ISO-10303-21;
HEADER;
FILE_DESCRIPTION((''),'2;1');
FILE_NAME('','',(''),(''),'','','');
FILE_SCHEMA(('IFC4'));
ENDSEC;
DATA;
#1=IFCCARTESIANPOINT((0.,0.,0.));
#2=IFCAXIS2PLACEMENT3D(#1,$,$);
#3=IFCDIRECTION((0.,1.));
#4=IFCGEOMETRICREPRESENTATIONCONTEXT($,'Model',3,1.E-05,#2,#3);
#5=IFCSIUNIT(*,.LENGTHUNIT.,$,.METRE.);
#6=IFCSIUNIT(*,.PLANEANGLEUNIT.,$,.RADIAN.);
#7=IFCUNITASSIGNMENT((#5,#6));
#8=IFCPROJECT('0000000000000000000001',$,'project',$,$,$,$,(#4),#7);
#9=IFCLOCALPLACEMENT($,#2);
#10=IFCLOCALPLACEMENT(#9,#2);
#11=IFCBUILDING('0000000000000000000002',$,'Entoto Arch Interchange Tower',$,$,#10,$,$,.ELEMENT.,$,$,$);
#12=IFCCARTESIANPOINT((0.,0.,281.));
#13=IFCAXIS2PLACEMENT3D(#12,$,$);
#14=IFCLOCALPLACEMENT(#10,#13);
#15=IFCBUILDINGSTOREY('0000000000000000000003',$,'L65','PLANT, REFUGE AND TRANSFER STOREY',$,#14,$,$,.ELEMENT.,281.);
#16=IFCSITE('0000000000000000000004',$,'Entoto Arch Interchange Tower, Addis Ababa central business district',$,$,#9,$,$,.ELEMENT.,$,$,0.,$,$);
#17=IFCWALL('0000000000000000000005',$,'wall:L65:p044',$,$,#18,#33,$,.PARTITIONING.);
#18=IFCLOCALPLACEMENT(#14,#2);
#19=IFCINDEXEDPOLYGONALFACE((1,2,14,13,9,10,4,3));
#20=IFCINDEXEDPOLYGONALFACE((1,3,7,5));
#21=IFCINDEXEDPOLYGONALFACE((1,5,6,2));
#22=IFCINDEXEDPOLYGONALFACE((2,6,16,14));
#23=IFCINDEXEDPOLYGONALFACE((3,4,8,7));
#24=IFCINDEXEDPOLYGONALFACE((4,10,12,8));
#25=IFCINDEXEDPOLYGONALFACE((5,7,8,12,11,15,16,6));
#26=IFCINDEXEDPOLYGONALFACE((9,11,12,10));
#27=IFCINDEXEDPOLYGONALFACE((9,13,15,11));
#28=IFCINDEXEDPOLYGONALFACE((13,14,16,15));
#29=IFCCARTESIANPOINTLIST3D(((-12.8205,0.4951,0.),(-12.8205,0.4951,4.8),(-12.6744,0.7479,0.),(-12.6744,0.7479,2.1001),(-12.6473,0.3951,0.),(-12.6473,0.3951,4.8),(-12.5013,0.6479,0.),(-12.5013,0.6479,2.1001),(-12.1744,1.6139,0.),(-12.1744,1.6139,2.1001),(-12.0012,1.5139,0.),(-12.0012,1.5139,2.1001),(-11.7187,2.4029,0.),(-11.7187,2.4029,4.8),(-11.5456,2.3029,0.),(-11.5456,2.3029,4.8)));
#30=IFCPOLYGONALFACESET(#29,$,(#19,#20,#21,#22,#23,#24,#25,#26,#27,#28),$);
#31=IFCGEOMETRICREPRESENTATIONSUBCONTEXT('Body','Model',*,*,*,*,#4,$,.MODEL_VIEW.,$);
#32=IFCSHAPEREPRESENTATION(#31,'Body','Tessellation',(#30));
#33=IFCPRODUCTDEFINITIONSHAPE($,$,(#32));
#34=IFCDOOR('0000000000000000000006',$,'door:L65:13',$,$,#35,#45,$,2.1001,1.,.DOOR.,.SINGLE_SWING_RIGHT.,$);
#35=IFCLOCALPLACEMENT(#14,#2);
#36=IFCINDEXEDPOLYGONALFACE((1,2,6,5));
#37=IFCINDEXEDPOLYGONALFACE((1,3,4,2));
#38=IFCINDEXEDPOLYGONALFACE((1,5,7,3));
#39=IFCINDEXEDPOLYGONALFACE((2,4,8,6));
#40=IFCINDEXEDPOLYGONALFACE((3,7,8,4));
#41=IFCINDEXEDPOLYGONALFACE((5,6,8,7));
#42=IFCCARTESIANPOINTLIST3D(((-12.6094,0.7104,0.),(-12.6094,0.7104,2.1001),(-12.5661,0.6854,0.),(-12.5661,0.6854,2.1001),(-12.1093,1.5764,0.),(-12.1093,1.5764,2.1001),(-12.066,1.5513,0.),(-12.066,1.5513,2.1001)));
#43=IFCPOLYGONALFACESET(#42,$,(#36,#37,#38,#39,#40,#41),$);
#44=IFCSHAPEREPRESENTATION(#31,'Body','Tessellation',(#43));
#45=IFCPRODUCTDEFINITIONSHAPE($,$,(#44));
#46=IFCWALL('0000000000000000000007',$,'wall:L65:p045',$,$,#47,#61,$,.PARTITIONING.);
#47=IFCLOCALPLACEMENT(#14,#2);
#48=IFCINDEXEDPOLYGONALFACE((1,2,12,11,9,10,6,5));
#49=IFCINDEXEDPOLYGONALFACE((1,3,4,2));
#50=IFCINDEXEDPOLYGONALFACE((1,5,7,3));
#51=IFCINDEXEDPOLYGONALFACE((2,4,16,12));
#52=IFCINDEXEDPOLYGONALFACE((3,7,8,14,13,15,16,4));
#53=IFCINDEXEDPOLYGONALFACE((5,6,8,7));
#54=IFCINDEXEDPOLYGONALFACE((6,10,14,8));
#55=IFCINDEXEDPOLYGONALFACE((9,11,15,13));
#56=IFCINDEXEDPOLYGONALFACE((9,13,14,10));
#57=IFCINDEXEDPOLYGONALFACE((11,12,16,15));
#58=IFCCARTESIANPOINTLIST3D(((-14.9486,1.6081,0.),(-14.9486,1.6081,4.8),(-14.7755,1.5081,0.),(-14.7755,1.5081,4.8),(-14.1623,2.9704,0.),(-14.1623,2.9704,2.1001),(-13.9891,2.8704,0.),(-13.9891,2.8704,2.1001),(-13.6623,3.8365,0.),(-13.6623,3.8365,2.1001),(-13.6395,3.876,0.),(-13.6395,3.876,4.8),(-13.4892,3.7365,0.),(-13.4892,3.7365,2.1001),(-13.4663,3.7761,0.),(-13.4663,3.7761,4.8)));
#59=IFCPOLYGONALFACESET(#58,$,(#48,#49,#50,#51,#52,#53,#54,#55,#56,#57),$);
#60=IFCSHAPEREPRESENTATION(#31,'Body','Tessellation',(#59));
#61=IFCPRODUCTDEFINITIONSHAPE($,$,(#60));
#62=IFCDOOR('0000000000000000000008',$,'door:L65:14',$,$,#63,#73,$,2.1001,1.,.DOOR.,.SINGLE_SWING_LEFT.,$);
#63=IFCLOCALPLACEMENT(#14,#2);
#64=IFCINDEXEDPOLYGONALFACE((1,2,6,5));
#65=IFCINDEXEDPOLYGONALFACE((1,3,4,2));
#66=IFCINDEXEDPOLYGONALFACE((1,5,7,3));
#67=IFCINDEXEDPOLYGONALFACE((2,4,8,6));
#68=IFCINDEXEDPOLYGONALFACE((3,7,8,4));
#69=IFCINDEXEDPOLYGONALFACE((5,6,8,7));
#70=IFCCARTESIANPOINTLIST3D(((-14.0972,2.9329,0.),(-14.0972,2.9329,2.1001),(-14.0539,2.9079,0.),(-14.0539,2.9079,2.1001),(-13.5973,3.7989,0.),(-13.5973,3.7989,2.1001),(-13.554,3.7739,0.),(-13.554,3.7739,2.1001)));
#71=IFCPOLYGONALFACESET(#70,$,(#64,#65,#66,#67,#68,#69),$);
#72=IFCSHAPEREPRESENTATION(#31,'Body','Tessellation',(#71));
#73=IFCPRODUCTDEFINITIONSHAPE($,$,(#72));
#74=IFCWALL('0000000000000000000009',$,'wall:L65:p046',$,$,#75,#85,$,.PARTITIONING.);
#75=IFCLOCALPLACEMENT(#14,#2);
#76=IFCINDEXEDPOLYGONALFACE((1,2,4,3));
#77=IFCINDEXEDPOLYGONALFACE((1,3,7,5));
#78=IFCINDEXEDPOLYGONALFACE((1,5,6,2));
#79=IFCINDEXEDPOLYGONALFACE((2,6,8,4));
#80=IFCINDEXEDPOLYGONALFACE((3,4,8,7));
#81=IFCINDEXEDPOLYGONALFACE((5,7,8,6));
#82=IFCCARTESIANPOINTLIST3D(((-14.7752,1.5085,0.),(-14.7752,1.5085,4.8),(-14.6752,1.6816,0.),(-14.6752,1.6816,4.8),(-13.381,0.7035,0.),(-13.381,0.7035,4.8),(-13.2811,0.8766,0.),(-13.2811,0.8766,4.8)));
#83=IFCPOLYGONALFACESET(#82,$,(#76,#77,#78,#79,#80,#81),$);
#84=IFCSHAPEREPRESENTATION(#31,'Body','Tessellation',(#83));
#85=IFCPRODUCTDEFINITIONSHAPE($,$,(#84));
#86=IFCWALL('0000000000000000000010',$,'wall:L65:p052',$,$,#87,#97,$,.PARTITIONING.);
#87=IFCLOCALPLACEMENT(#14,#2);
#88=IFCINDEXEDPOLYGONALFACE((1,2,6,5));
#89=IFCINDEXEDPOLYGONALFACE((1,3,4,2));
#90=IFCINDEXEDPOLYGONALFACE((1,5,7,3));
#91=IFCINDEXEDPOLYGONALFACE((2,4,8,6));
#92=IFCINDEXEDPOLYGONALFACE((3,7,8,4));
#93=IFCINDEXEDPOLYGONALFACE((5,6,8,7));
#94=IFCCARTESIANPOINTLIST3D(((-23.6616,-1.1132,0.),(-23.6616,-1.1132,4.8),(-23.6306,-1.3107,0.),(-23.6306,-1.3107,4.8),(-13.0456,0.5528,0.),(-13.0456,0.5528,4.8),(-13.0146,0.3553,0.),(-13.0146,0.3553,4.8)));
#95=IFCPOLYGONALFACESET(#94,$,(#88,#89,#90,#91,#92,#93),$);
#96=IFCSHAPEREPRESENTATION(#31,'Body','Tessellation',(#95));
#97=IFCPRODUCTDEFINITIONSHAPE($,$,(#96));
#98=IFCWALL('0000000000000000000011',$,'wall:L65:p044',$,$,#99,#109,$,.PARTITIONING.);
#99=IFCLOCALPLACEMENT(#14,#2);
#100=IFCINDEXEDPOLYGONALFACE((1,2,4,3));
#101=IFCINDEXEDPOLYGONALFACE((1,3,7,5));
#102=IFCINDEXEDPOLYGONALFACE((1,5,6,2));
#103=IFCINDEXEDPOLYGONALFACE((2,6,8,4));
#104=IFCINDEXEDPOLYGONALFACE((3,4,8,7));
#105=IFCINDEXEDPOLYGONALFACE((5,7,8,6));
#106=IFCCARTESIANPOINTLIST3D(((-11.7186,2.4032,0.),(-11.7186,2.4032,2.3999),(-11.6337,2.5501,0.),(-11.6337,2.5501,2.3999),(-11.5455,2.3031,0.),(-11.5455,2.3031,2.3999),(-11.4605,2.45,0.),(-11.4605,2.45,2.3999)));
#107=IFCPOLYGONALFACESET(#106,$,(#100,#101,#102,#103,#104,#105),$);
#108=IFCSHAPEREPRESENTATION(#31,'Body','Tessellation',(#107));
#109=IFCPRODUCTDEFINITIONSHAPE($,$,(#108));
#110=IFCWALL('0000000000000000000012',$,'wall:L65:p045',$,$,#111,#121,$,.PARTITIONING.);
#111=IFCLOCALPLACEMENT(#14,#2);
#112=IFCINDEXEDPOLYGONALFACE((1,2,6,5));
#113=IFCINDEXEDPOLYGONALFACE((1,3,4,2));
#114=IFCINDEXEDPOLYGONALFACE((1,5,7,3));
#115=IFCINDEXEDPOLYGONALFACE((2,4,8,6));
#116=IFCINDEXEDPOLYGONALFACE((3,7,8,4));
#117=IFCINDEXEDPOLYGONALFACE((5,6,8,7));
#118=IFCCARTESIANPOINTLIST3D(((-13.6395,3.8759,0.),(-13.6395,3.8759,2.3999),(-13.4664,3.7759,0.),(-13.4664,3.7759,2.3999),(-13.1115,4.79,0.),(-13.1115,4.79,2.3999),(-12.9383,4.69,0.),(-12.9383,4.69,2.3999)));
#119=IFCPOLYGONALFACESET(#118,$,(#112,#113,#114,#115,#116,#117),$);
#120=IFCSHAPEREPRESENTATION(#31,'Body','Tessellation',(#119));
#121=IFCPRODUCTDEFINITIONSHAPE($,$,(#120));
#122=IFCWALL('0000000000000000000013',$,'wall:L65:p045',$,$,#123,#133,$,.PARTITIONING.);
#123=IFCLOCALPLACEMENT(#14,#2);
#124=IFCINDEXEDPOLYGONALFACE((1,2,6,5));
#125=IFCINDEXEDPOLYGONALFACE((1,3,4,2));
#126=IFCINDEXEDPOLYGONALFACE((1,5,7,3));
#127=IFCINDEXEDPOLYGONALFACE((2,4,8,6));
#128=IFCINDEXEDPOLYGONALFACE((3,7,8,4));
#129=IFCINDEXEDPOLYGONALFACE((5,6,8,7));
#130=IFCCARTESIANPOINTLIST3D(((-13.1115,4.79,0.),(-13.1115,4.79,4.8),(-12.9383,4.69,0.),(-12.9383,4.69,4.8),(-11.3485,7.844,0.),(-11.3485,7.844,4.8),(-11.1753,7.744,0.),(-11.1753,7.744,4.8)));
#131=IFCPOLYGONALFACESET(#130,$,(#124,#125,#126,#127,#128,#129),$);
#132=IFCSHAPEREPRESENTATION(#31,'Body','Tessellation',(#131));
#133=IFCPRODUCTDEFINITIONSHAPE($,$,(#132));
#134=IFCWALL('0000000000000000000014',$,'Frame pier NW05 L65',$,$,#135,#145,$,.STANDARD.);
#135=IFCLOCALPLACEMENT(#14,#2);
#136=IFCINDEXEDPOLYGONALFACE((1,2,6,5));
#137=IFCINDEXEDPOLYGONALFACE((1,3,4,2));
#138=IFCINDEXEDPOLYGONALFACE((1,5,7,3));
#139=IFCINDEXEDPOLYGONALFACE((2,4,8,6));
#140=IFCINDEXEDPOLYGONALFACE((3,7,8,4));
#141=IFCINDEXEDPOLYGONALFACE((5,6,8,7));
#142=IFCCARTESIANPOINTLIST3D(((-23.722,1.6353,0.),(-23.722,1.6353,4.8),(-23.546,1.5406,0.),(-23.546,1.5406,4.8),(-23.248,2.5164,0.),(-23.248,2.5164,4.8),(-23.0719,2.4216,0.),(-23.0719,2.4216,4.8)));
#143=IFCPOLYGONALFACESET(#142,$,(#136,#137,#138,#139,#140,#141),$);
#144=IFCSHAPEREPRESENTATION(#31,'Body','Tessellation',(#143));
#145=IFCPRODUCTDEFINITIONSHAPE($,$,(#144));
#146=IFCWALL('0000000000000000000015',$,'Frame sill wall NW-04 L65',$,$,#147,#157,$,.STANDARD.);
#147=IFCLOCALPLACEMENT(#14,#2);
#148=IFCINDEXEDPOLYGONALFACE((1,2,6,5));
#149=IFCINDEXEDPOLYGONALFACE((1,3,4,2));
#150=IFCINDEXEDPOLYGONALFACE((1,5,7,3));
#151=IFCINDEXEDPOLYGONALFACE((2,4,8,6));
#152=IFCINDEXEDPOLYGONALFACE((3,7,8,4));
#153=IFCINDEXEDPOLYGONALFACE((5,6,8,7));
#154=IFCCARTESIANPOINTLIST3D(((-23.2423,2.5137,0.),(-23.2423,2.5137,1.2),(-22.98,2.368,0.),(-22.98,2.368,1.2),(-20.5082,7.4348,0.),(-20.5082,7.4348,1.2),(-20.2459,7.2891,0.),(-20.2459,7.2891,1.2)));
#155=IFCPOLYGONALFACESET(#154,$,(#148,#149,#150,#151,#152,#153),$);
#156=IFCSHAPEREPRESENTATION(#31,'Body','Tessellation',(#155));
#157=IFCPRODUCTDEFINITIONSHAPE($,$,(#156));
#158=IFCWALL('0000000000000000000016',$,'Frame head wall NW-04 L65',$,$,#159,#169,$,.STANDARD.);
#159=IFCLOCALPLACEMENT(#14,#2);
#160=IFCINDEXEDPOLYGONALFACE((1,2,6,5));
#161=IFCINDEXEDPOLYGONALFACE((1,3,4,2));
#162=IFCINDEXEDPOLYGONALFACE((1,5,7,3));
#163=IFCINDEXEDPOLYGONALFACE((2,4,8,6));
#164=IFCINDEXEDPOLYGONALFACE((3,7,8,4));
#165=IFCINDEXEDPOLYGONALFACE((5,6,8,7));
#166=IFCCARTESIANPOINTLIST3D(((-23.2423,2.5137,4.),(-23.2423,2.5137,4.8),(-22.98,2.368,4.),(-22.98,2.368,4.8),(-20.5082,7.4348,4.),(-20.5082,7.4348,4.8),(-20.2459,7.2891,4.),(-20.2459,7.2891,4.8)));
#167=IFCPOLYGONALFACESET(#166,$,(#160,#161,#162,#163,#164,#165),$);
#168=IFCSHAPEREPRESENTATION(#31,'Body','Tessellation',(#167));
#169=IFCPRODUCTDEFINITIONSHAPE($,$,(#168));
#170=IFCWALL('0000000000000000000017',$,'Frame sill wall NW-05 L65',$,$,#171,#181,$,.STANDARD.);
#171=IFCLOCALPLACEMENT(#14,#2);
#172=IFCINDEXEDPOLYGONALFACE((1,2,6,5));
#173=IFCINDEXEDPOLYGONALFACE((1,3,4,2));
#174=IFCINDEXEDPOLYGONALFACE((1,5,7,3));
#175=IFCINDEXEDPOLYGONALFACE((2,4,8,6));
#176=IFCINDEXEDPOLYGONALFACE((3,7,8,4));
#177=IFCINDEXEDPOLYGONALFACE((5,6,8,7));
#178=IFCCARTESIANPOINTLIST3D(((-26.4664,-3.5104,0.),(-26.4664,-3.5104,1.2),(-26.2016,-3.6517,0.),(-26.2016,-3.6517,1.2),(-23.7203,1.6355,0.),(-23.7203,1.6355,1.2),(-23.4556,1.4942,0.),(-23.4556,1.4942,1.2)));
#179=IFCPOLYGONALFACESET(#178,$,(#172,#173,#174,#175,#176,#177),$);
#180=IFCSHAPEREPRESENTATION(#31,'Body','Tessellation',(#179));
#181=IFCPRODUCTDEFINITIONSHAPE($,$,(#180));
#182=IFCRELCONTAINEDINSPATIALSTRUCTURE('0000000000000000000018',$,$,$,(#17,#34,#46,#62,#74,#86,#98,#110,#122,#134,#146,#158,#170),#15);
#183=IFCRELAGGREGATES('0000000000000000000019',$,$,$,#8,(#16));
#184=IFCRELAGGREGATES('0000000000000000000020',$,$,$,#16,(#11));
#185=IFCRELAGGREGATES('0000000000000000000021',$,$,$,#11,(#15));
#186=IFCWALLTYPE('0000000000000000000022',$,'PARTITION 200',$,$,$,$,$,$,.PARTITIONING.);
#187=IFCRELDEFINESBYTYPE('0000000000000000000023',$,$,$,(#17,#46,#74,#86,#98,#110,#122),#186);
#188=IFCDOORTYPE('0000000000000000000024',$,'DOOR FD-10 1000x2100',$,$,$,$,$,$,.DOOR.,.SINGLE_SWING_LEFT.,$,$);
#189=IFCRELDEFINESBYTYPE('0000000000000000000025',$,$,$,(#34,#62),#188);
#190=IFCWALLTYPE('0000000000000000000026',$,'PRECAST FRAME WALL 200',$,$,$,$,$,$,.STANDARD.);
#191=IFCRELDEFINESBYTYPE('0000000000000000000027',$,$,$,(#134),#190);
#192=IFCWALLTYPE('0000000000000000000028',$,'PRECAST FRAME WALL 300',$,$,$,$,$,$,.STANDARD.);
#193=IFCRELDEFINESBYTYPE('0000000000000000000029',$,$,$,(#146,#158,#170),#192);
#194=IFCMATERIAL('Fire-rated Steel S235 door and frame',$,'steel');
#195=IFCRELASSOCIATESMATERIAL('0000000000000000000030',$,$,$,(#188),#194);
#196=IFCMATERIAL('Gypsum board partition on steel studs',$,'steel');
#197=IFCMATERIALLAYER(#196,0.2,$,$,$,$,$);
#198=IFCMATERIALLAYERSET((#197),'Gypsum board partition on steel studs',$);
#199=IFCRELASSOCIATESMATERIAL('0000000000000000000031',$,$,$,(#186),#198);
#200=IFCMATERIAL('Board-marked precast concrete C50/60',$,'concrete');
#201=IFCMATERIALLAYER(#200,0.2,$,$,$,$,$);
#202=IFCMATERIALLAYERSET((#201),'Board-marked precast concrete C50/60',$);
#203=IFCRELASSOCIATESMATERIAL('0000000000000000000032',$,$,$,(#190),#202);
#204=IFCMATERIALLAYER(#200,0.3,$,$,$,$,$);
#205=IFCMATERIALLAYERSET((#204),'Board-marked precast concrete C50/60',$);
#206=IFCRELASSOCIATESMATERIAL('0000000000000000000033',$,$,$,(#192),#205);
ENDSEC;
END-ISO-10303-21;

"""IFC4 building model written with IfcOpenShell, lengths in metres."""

from ifc_helpers import new_model, si_unit, direction, frame, frame_2d, origin, place, context, subcontext, project, spatial, rectangle, extrude, material, layer, layer_set, type_object, element, fill, save


model = new_model("IFC4")

# Units and contexts
model_context = context("Model", 3, precision=1e-05, world=origin(), true_north=direction((0.0, 1.0)))
body_context = subcontext(model_context, "Body", "Model", "MODEL_VIEW")
ifc_project = project(units=[si_unit("LENGTHUNIT", "METRE"), si_unit("PLANEANGLEUNIT", "RADIAN")], contexts=[model_context])

# Site, building, storey
site_placement = place(None, origin())
site = spatial("IfcSite", under=ifc_project, at=site_placement, Name="Entoto Arch Interchange Tower, Addis Ababa central business district", CompositionType="ELEMENT", RefElevation=0.0)
building_placement = place(site_placement, origin())
building = spatial("IfcBuilding", under=site, at=building_placement, Name="Entoto Arch Interchange Tower", CompositionType="ELEMENT")
storey_placement = place(building_placement, frame((0.0, 0.0, 281.0)))
storey = spatial("IfcBuildingStorey", under=building, at=storey_placement, Name="L65", Description="PLANT, REFUGE AND TRANSFER STOREY", CompositionType="ELEMENT", Elevation=281.0)

# Shared definitions
ifc_material_1 = material(Name="Fire-rated Steel S235 door and frame", Category="steel")
door_type = type_object("IfcDoorType", Name="DOOR FD-10 1000x2100", OperationType="SINGLE_SWING_LEFT", PredefinedType="DOOR", material=ifc_material_1)

# Shared definitions
ifc_material_2 = material(Name="Gypsum board partition on steel studs", Category="steel")
ifc_layer_1 = layer(ifc_material_2, 0.2)
ifc_layer_set_1 = layer_set([ifc_layer_1], Name="Gypsum board partition on steel studs")
wall_type_1 = type_object("IfcWallType", Name="PARTITION 200", PredefinedType="PARTITIONING", material=ifc_layer_set_1)

# Walls, openings, doors
wall_1_placement = place(storey_placement, frame((-12.7339, 0.4451, 0.0), z_axis=(0.0, 0.0, 1.0), x_axis=(0.500084, 0.865977, 0.0)))
wall_1 = element("IfcWall", 1, at=wall_1_placement, inside=storey, type_object=wall_type_1, Name="wall:L65:p044", PredefinedType="PARTITIONING", context=body_context, shape_type="SweptSolid", body=[
    extrude(rectangle(XDim=2.2031, YDim=0.2, at=frame_2d((1.1016, 0.0))), origin(), (0.0, 0.0, 1.0), 4.8),
])
opening_1_placement = place(wall_1_placement, frame((0.292, 0.0, 0.0)))
opening_1 = element("IfcOpeningElement", 2, at=opening_1_placement, cuts=wall_1, PredefinedType="OPENING", context=body_context, shape_type="SweptSolid", body=[
    extrude(rectangle(XDim=1.0, YDim=2.1001, at=frame_2d((0.5, 1.05))), frame((0.0, 0.1099, 0.0), z_axis=(0.0, -1.0, 0.0), x_axis=(1.0, 0.0, 0.0)), (0.0, 0.0, 1.0), 0.22),
])
door_1_placement = place(opening_1_placement, origin())
door_1 = element("IfcDoor", 3, at=door_1_placement, inside=storey, type_object=door_type, Name="door:L65:13", OperationType="SINGLE_SWING_RIGHT", OverallHeight=2.1001, OverallWidth=1.0, PredefinedType="DOOR", context=body_context, shape_type="SweptSolid", body=[
    extrude(rectangle(XDim=1.0, YDim=2.1001, at=frame_2d((0.5, 1.05))), frame((0.0, 0.0249, 0.0), z_axis=(0.0, -1.0, 0.0), x_axis=(1.0, 0.0, 0.0)), (0.0, 0.0, 1.0), 0.05),
])
fill(opening_1, door_1)
wall_2_placement = place(storey_placement, frame((-14.8621, 1.5581, 0.0), z_axis=(0.0, 0.0, 1.0), x_axis=(0.49993, 0.866066, 0.0)))
wall_2 = element("IfcWall", 4, at=wall_2_placement, inside=storey, type_object=wall_type_1, Name="wall:L65:p045", PredefinedType="PARTITIONING", context=body_context, shape_type="SweptSolid", body=[
    extrude(rectangle(XDim=2.6187, YDim=0.2, at=frame_2d((1.3093, 0.0))), origin(), (0.0, 0.0, 1.0), 4.8),
])
opening_2_placement = place(wall_2_placement, frame((1.573, 0.0, 0.0)))
opening_2 = element("IfcOpeningElement", 5, at=opening_2_placement, cuts=wall_2, PredefinedType="OPENING", context=body_context, shape_type="SweptSolid", body=[
    extrude(rectangle(XDim=1.0, YDim=2.1001, at=frame_2d((0.5, 1.05))), frame((0.0, 0.1099, 0.0), z_axis=(0.0, -1.0, 0.0), x_axis=(1.0, 0.0, 0.0)), (0.0, 0.0, 1.0), 0.22),
])
door_2_placement = place(opening_2_placement, origin())
door_2 = element("IfcDoor", 6, at=door_2_placement, inside=storey, type_object=door_type, Name="door:L65:14", OperationType="SINGLE_SWING_LEFT", OverallHeight=2.1001, OverallWidth=1.0, PredefinedType="DOOR", context=body_context, shape_type="SweptSolid", body=[
    extrude(rectangle(XDim=1.0, YDim=2.1001, at=frame_2d((0.5, 1.05))), frame((0.0, 0.0249, 0.0), z_axis=(0.0, -1.0, 0.0), x_axis=(1.0, 0.0, 0.0)), (0.0, 0.0, 1.0), 0.05),
])
fill(opening_2, door_2)

# Walls
wall_3_placement = place(storey_placement, frame((-13.3311, 0.79, 0.0), z_axis=(0.0, 0.0, 1.0), x_axis=(-0.866004, 0.500038, 0.0)))
element("IfcWall", 7, at=wall_3_placement, inside=storey, type_object=wall_type_1, Name="wall:L65:p046", PredefinedType="PARTITIONING", context=body_context, shape_type="SweptSolid", body=[
    extrude(rectangle(XDim=1.6099, YDim=0.2, at=frame_2d((0.8049, 0.0))), origin(), (0.0, 0.0, 1.0), 4.8),
])
wall_4_placement = place(storey_placement, frame((-13.03, 0.4541, 0.0), z_axis=(0.0, 0.0, 1.0), x_axis=(-0.987909, -0.155037, 0.0)))
element("IfcWall", 8, at=wall_4_placement, inside=storey, type_object=wall_type_1, Name="wall:L65:p052", PredefinedType="PARTITIONING", context=body_context, shape_type="SweptSolid", body=[
    extrude(rectangle(XDim=10.7458, YDim=0.2, at=frame_2d((5.373, 0.0))), origin(), (0.0, 0.0, 1.0), 4.8),
])
wall_5_placement = place(storey_placement, frame((-11.6321, 2.353, 0.0), z_axis=(0.0, 0.0, 1.0), x_axis=(0.500469, 0.865754, 0.0)))
element("IfcWall", 9, at=wall_5_placement, inside=storey, type_object=wall_type_1, Name="wall:L65:p044", PredefinedType="PARTITIONING", context=body_context, shape_type="SweptSolid", body=[
    extrude(rectangle(XDim=0.1697, YDim=0.2, at=frame_2d((0.085, 0.0))), origin(), (0.0, 0.0, 1.0), 2.3999),
])
wall_6_placement = place(storey_placement, frame((-13.553, 3.8259, 0.0), z_axis=(0.0, 0.0, 1.0), x_axis=(0.500243, 0.865885, 0.0)))
element("IfcWall", 10, at=wall_6_placement, inside=storey, type_object=wall_type_1, Name="wall:L65:p045", PredefinedType="PARTITIONING", context=body_context, shape_type="SweptSolid", body=[
    extrude(rectangle(XDim=1.0557, YDim=0.2, at=frame_2d((0.5278, 0.0))), origin(), (0.0, 0.0, 1.0), 2.3999),
])
wall_7_placement = place(storey_placement, frame((-13.0249, 4.74, 0.0), z_axis=(0.0, 0.0, 1.0), x_axis=(0.499944, 0.866058, 0.0)))
element("IfcWall", 11, at=wall_7_placement, inside=storey, type_object=wall_type_1, Name="wall:L65:p045", PredefinedType="PARTITIONING", context=body_context, shape_type="SweptSolid", body=[
    extrude(rectangle(XDim=3.5264, YDim=0.2, at=frame_2d((1.7632, 0.0))), origin(), (0.0, 0.0, 1.0), 4.8),
])
ifc_material_3 = material(Name="Board-marked precast concrete C50/60", Category="concrete")
ifc_layer_2 = layer(ifc_material_3, 0.2)
ifc_layer_set_2 = layer_set([ifc_layer_2], Name="Board-marked precast concrete C50/60")
wall_type_2 = type_object("IfcWallType", Name="PRECAST FRAME WALL 200", PredefinedType="STANDARD", material=ifc_layer_set_2)
wall_8_placement = place(storey_placement, frame((-23.1599, 2.469, 0.0), z_axis=(0.0, 0.0, 1.0), x_axis=(-0.473852, -0.880604, 0.0)))
element("IfcWall", 12, at=wall_8_placement, inside=storey, type_object=wall_type_2, Name="Frame pier NW05 L65", PredefinedType="STANDARD", context=body_context, shape_type="SweptSolid", body=[
    extrude(rectangle(XDim=1.0005, YDim=0.2, at=frame_2d((0.5002, 0.0))), origin(), (0.0, 0.0, 1.0), 4.8),
])
ifc_layer_3 = layer(ifc_material_3, 0.3)
ifc_layer_set_3 = layer_set([ifc_layer_3], Name="Board-marked precast concrete C50/60")
wall_type_3 = type_object("IfcWallType", Name="PRECAST FRAME WALL 300", PredefinedType="STANDARD", material=ifc_layer_set_3)
wall_9_placement = place(storey_placement, frame((-20.377, 7.3621, 0.0), z_axis=(0.0, 0.0, 1.0), x_axis=(-0.485665, -0.874145, 0.0)))
element("IfcWall", 13, at=wall_9_placement, inside=storey, type_object=wall_type_3, Name="Frame sill wall NW-04 L65", PredefinedType="STANDARD", context=body_context, shape_type="SweptSolid", body=[
    extrude(rectangle(XDim=5.6296, YDim=0.3, at=frame_2d((2.8149, 0.0))), origin(), (0.0, 0.0, 1.0), 1.2),
])
wall_10_placement = place(storey_placement, frame((-20.377, 7.3621, 4.0), z_axis=(0.0, 0.0, 1.0), x_axis=(-0.485665, -0.874145, 0.0)))
element("IfcWall", 14, at=wall_10_placement, inside=storey, type_object=wall_type_3, Name="Frame head wall NW-04 L65", PredefinedType="STANDARD", context=body_context, shape_type="SweptSolid", body=[
    extrude(rectangle(XDim=5.6296, YDim=0.3, at=frame_2d((2.8149, 0.0))), origin(), (0.0, 0.0, 1.0), 0.8),
])
wall_11_placement = place(storey_placement, frame((-23.5879, 1.5649, 0.0), z_axis=(0.0, 0.0, 1.0), x_axis=(-0.470797, -0.882242, 0.0)))
element("IfcWall", 15, at=wall_11_placement, inside=storey, type_object=wall_type_3, Name="Frame sill wall NW-05 L65", PredefinedType="STANDARD", context=body_context, shape_type="SweptSolid", body=[
    extrude(rectangle(XDim=5.8328, YDim=0.3, at=frame_2d((2.9165, 0.0))), origin(), (0.0, 0.0, 1.0), 1.2),
])

save(model, "model.ifc")
